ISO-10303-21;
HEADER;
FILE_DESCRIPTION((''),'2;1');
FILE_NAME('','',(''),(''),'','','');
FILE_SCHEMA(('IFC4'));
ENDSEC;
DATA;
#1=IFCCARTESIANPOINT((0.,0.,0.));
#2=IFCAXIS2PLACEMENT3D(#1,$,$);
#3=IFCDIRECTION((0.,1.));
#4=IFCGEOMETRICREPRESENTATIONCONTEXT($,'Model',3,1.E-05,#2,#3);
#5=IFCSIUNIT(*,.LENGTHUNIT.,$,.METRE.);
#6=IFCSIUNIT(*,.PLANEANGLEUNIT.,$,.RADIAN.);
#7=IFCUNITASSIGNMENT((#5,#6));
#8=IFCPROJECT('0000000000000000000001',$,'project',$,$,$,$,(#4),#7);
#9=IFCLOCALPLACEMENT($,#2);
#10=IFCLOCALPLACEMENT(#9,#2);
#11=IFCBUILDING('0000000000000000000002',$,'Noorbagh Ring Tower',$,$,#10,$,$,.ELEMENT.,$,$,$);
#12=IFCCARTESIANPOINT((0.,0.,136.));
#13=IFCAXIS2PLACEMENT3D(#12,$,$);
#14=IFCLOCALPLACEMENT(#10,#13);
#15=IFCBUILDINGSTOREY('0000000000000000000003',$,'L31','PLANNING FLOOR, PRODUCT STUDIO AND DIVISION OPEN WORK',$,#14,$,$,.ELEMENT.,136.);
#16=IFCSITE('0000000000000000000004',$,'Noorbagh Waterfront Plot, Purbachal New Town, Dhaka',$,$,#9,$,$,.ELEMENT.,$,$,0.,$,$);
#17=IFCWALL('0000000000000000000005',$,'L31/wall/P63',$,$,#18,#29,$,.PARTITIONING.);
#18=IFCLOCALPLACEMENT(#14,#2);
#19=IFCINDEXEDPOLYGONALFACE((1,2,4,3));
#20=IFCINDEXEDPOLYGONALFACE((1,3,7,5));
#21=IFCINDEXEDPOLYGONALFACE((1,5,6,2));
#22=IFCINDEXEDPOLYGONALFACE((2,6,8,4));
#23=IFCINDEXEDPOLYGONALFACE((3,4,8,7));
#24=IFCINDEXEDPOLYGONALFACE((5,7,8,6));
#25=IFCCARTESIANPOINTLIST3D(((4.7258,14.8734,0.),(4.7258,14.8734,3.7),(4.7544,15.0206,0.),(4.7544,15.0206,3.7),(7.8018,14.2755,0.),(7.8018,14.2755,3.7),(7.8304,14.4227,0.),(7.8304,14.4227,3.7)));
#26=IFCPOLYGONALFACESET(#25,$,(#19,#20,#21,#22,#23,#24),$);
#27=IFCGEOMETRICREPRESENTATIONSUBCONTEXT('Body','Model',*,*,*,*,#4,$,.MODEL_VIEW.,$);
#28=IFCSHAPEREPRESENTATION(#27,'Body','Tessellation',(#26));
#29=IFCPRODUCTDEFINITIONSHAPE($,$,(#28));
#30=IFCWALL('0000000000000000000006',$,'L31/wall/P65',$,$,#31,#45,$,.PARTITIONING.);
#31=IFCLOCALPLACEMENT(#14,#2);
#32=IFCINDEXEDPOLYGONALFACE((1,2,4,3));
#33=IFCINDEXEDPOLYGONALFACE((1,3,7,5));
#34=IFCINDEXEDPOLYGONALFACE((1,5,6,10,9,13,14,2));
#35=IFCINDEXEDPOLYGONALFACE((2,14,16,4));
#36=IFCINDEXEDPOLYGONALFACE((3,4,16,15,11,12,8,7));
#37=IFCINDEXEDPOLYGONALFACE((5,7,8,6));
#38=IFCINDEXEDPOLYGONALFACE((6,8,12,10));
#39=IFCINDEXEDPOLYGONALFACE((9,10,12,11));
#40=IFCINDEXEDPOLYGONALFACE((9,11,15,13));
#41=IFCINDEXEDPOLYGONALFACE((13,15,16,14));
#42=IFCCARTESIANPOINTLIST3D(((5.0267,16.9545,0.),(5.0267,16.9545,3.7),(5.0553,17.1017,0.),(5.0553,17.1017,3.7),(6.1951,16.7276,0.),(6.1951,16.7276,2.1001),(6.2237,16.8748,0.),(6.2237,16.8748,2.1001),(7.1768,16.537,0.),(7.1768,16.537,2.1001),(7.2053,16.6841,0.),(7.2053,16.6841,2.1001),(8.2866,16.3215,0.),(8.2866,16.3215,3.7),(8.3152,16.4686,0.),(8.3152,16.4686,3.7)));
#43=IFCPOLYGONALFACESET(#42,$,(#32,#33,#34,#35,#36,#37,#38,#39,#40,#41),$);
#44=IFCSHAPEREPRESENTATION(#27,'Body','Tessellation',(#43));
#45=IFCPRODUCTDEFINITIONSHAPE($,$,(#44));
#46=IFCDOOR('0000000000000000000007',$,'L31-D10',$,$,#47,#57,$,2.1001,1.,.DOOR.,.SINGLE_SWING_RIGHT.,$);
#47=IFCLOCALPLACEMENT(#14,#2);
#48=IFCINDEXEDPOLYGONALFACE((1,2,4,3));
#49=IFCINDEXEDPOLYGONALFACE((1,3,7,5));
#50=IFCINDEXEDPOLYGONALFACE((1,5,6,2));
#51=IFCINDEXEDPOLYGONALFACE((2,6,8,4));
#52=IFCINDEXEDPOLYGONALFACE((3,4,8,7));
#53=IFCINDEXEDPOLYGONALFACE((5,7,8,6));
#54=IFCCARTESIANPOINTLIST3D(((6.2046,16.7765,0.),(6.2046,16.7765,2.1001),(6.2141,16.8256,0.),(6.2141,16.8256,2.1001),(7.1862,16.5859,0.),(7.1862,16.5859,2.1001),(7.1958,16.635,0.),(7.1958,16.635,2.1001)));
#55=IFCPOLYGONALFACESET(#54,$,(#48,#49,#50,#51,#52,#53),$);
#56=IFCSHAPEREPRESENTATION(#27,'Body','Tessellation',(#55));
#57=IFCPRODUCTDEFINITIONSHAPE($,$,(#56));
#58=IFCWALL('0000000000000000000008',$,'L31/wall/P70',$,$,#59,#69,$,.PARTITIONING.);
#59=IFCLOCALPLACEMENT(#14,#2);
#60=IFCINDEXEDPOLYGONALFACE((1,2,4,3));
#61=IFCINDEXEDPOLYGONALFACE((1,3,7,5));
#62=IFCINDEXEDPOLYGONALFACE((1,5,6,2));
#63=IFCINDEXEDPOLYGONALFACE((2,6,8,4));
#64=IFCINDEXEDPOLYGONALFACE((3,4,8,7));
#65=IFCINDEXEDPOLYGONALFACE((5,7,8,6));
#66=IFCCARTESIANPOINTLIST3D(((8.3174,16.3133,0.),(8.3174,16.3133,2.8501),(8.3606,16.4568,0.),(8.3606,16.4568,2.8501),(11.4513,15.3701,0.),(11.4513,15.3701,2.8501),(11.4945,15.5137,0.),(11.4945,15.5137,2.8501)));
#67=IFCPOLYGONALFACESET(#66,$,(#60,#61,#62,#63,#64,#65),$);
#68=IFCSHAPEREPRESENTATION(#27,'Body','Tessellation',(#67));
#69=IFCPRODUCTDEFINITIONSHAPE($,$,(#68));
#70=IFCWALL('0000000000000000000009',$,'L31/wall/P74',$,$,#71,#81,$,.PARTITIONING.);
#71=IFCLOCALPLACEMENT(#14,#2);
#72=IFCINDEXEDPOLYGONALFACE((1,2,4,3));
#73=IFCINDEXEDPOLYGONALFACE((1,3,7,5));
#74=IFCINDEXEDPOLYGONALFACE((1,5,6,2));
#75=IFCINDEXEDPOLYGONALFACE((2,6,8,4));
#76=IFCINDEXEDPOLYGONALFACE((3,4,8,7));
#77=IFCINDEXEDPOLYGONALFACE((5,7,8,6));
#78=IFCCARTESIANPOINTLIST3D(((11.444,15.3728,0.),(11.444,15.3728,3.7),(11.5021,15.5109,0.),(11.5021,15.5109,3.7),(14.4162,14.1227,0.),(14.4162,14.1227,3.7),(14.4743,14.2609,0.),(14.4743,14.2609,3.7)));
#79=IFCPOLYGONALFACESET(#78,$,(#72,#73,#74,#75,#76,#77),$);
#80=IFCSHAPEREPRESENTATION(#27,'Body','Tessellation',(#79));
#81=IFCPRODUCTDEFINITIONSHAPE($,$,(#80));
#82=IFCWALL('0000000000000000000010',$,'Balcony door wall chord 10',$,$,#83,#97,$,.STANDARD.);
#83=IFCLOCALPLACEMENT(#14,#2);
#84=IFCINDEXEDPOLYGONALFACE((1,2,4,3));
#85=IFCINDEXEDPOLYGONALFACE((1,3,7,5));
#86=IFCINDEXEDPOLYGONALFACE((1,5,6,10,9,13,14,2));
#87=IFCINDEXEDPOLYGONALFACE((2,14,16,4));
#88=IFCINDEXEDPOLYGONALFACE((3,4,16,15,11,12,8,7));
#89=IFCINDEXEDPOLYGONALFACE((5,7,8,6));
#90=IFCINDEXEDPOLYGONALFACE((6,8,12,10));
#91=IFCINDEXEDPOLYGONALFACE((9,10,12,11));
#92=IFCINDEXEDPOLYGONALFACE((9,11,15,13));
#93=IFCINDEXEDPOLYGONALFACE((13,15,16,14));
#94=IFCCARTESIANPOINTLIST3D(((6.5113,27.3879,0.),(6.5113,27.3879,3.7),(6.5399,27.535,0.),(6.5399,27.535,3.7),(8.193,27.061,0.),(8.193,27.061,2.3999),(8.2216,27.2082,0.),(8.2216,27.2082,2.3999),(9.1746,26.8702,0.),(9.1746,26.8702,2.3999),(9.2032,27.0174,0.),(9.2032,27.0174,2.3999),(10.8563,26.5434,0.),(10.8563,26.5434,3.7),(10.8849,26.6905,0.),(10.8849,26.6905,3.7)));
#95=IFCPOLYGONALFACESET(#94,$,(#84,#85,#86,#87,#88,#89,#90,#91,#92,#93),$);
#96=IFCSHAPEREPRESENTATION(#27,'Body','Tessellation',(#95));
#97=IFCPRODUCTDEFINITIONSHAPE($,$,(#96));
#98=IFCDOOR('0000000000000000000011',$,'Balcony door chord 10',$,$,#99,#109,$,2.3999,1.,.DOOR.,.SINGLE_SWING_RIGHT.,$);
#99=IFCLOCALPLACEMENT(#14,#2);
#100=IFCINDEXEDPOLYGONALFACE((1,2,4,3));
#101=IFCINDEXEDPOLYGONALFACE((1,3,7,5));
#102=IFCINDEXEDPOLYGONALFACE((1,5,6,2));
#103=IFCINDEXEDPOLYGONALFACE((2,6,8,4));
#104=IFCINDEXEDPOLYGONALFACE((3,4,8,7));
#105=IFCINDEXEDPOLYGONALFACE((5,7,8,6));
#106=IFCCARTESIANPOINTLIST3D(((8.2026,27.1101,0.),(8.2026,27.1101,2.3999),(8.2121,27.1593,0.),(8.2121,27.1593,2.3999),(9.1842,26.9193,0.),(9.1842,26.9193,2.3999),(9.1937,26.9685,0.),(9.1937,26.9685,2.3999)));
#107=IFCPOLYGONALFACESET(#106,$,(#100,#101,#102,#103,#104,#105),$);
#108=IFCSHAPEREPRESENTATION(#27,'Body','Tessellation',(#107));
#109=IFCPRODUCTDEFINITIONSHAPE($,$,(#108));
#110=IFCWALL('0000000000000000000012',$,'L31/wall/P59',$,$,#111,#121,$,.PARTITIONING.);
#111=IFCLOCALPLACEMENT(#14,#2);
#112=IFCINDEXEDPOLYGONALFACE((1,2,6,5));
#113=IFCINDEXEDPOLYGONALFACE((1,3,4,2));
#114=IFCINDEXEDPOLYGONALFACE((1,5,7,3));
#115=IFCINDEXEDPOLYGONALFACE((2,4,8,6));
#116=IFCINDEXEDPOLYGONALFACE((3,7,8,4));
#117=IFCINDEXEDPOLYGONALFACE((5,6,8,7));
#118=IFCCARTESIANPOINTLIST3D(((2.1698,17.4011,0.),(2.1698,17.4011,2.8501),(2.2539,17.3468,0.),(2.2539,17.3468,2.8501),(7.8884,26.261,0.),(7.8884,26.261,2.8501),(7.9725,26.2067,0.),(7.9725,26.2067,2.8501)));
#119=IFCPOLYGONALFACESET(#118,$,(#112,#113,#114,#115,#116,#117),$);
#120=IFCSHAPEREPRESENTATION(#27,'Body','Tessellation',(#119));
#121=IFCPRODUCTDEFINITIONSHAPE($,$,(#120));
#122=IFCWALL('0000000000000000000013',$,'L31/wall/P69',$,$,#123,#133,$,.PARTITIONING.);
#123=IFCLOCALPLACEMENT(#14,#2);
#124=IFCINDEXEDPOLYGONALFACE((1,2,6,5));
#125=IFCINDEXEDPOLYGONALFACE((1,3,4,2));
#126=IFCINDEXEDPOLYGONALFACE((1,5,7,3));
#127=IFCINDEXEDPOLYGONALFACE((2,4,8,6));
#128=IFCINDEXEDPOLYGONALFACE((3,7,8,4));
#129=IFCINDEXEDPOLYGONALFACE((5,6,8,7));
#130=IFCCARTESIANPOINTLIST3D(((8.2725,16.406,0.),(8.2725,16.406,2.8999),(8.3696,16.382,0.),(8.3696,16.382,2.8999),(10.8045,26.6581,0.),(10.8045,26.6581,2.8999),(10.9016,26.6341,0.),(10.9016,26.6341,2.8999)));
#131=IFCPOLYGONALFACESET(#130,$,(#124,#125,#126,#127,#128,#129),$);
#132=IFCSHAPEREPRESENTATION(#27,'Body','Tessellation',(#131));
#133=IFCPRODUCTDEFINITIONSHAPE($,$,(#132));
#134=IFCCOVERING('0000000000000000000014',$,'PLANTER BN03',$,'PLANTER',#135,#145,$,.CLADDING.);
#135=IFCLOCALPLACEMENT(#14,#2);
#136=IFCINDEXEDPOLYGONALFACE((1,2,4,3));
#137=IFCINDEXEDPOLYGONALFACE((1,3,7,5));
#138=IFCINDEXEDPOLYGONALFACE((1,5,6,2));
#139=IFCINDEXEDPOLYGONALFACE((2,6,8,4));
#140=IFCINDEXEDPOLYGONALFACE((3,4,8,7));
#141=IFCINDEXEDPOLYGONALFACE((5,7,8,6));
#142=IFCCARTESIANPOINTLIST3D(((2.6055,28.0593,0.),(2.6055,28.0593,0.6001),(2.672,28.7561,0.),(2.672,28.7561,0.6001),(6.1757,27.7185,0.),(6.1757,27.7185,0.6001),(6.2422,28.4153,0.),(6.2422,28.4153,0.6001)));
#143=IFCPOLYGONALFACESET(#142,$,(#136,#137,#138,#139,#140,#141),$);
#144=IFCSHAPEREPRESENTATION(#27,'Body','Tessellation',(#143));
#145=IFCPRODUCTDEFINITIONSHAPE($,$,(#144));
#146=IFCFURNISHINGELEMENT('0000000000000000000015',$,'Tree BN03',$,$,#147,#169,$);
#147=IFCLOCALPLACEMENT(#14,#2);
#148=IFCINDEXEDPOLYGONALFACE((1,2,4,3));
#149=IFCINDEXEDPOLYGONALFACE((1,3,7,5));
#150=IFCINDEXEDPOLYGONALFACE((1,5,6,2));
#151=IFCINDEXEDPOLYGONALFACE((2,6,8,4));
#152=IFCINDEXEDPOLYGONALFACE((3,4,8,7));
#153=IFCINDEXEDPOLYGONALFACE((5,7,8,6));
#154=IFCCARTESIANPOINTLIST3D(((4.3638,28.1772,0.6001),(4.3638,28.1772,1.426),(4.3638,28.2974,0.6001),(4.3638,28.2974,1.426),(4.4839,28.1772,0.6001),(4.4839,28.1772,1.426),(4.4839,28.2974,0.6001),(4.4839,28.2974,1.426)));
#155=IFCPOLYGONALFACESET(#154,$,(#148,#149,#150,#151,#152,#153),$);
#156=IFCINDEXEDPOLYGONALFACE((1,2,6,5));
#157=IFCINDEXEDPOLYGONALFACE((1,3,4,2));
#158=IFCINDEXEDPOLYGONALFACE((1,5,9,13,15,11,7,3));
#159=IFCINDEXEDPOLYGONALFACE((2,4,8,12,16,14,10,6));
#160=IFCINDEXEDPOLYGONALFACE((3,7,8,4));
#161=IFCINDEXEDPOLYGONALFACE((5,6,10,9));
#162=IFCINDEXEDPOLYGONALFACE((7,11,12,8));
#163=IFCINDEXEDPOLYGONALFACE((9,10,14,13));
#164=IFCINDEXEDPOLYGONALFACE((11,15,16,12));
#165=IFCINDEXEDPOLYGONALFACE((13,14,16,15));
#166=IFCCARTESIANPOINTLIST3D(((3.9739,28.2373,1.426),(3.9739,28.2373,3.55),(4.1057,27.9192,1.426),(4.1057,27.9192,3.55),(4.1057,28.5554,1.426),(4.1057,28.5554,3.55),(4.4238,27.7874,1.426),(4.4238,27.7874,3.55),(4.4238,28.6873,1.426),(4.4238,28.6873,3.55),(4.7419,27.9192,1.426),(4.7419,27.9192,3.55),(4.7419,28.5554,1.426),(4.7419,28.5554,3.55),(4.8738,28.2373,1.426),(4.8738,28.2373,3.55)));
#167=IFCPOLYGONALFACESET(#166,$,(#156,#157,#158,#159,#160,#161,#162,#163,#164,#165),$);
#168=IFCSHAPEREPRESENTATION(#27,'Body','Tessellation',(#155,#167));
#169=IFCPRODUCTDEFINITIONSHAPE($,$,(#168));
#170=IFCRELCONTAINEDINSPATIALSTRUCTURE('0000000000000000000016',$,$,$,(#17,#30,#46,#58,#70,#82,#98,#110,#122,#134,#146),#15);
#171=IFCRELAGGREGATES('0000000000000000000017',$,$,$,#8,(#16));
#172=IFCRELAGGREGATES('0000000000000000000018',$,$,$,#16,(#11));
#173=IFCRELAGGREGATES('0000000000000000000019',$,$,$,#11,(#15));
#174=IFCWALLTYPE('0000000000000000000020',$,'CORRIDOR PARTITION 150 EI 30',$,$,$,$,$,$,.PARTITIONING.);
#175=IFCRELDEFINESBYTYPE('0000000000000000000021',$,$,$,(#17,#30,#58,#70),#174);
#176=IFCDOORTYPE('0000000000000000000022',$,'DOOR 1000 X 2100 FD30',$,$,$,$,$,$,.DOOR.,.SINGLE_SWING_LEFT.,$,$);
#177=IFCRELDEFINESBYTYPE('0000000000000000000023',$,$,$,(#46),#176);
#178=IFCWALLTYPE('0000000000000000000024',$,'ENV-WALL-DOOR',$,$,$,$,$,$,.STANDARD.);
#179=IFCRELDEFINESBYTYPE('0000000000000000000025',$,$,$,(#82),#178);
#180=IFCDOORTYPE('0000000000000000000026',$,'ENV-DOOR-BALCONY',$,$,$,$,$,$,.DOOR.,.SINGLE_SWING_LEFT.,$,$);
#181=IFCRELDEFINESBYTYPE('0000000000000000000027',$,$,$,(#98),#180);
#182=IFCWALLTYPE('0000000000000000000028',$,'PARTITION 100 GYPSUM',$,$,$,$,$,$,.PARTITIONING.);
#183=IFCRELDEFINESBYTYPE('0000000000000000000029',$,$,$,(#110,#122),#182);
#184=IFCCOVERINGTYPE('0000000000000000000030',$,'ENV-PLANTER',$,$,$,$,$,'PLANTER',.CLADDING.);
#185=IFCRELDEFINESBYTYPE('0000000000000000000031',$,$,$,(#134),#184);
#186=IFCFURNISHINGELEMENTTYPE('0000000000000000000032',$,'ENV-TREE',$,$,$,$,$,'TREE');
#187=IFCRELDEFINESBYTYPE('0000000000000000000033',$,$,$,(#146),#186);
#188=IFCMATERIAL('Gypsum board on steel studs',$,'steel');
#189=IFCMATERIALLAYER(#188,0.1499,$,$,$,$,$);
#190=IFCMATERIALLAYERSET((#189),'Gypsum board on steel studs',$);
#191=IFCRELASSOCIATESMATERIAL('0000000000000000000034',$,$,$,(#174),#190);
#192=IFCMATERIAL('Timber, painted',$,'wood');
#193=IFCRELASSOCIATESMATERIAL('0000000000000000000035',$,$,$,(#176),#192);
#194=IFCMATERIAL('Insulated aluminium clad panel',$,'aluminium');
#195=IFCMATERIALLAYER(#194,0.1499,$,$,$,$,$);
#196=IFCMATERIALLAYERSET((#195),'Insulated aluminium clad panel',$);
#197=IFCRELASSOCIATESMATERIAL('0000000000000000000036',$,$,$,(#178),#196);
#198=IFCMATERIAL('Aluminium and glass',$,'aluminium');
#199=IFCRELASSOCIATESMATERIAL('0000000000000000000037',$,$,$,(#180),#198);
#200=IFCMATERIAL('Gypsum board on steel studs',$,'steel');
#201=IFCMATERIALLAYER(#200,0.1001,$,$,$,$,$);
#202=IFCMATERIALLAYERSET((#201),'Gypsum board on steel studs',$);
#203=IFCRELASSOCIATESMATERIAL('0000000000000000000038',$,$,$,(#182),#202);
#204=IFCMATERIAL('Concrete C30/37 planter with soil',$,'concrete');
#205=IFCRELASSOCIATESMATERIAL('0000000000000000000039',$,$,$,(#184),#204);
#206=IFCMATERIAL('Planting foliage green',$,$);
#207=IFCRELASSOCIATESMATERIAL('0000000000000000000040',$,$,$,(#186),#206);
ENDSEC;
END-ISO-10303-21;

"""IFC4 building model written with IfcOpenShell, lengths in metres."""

from ifc_helpers import new_model, si_unit, direction, frame, frame_2d, origin, origin_2d, place, context, subcontext, project, spatial, polyline, rectangle, outline, extrude, material, layer, layer_set, type_object, element, fill, save


model = new_model("IFC4")

# Units and contexts
model_context = context("Model", 3, precision=1e-05, world=origin(), true_north=direction((0.0, 1.0)))
body_context = subcontext(model_context, "Body", "Model", "MODEL_VIEW")
ifc_project = project(units=[si_unit("LENGTHUNIT", "METRE"), si_unit("PLANEANGLEUNIT", "RADIAN")], contexts=[model_context])

# Site, building, storey
site_placement = place(None, origin())
site = spatial("IfcSite", under=ifc_project, at=site_placement, Name="Noorbagh Waterfront Plot, Purbachal New Town, Dhaka", CompositionType="ELEMENT", RefElevation=0.0)
building_placement = place(site_placement, origin())
building = spatial("IfcBuilding", under=site, at=building_placement, Name="Noorbagh Ring Tower", CompositionType="ELEMENT")
storey_placement = place(building_placement, frame((0.0, 0.0, 136.0)))
storey = spatial("IfcBuildingStorey", under=building, at=storey_placement, Name="L31", Description="PLANNING FLOOR, PRODUCT STUDIO AND DIVISION OPEN WORK", CompositionType="ELEMENT", Elevation=136.0)

# Wall
ifc_material_1 = material(Name="Gypsum board on steel studs", Category="steel")
ifc_layer_1 = layer(ifc_material_1, 0.1499)
ifc_layer_set_1 = layer_set([ifc_layer_1], Name="Gypsum board on steel studs")
wall_type_1 = type_object("IfcWallType", Name="CORRIDOR PARTITION 150 EI 30", PredefinedType="PARTITIONING", material=ifc_layer_set_1)
wall_1_placement = place(storey_placement, frame((4.74, 14.947, 0.0), z_axis=(0.0, 0.0, 1.0), x_axis=(0.981627, -0.190809, 0.0)))
element("IfcWall", 1, at=wall_1_placement, inside=storey, type_object=wall_type_1, Name="L31/wall/P63", PredefinedType="PARTITIONING", context=body_context, shape_type="SweptSolid", body=[
    extrude(rectangle(XDim=3.1335, YDim=0.1499, at=frame_2d((1.5669, 0.0))), origin(), (0.0, 0.0, 1.0), 3.7),
])

# Wall, opening, door
wall_2_placement = place(storey_placement, frame((5.041, 17.0281, 0.0), z_axis=(0.0, 0.0, 1.0), x_axis=(0.981662, -0.190628, 0.0)))
wall_2 = element("IfcWall", 2, at=wall_2_placement, inside=storey, type_object=wall_type_1, Name="L31/wall/P65", PredefinedType="PARTITIONING", context=body_context, shape_type="SweptSolid", body=[
    extrude(rectangle(XDim=3.3208, YDim=0.1499, at=frame_2d((1.6604, 0.0))), origin(), (0.0, 0.0, 1.0), 3.7),
])
opening_1_placement = place(wall_2_placement, frame((1.1902, 0.0, 0.0)))
opening_1 = element("IfcOpeningElement", 3, at=opening_1_placement, cuts=wall_2, PredefinedType="OPENING", context=body_context, shape_type="SweptSolid", body=[
    extrude(rectangle(XDim=1.0, YDim=2.1001, at=frame_2d((0.5, 1.05))), frame((0.0, 0.085, 0.0), z_axis=(0.0, -1.0, 0.0), x_axis=(1.0, 0.0, 0.0)), (0.0, 0.0, 1.0), 0.1699),
])
ifc_material_2 = material(Name="Timber, painted", Category="wood")
door_type_1 = type_object("IfcDoorType", Name="DOOR 1000 X 2100 FD30", OperationType="SINGLE_SWING_LEFT", PredefinedType="DOOR", material=ifc_material_2)
door_1_placement = place(opening_1_placement, origin())
door_1 = element("IfcDoor", 4, at=door_1_placement, inside=storey, type_object=door_type_1, Name="L31-D10", OperationType="SINGLE_SWING_RIGHT", OverallHeight=2.1001, OverallWidth=1.0, PredefinedType="DOOR", context=body_context, shape_type="SweptSolid", body=[
    extrude(rectangle(XDim=1.0, YDim=2.1001, at=frame_2d((0.5, 1.05))), frame((0.0, 0.0249, 0.0), z_axis=(0.0, -1.0, 0.0), x_axis=(1.0, 0.0, 0.0)), (0.0, 0.0, 1.0), 0.05),
])
fill(opening_1, door_1)

# Walls
wall_3_placement = place(storey_placement, frame((8.3391, 16.385, 0.0), z_axis=(0.0, 0.0, 1.0), x_axis=(0.957575, -0.288183, 0.0)))
element("IfcWall", 5, at=wall_3_placement, inside=storey, type_object=wall_type_1, Name="L31/wall/P70", PredefinedType="PARTITIONING", context=body_context, shape_type="SweptSolid", body=[
    extrude(rectangle(XDim=3.2727, YDim=0.1499, at=frame_2d((1.6362, 0.0))), origin(), (0.0, 0.0, 1.0), 2.8501),
])
wall_4_placement = place(storey_placement, frame((11.4729, 15.4419, 0.0), z_axis=(0.0, 0.0, 1.0), x_axis=(0.921795, -0.387678, 0.0)))
element("IfcWall", 6, at=wall_4_placement, inside=storey, type_object=wall_type_1, Name="L31/wall/P74", PredefinedType="PARTITIONING", context=body_context, shape_type="SweptSolid", body=[
    extrude(rectangle(XDim=3.2244, YDim=0.1499, at=frame_2d((1.6123, 0.0))), origin(), (0.0, 0.0, 1.0), 3.7),
])

# Wall, opening, door
ifc_material_3 = material(Name="Insulated aluminium clad panel", Category="aluminium")
ifc_layer_2 = layer(ifc_material_3, 0.1499)
ifc_layer_set_2 = layer_set([ifc_layer_2], Name="Insulated aluminium clad panel")
wall_type_2 = type_object("IfcWallType", Name="ENV-WALL-DOOR", PredefinedType="STANDARD", material=ifc_layer_set_2)
wall_5_placement = place(storey_placement, frame((10.8706, 26.6169, 0.0), z_axis=(0.0, 0.0, 1.0), x_axis=(-0.981631, 0.190788, 0.0)))
wall_5 = element("IfcWall", 7, at=wall_5_placement, inside=storey, type_object=wall_type_2, Name="Balcony door wall chord 10", PredefinedType="STANDARD", context=body_context, shape_type="SweptSolid", body=[
    extrude(rectangle(XDim=4.4263, YDim=0.1499, at=frame_2d((2.2131, 0.0))), origin(), (0.0, 0.0, 1.0), 3.7),
])
opening_2_placement = place(wall_5_placement, frame((1.7131, 0.0, 0.0)))
opening_2 = element("IfcOpeningElement", 8, at=opening_2_placement, cuts=wall_5, PredefinedType="OPENING", context=body_context, shape_type="SweptSolid", body=[
    extrude(rectangle(XDim=1.0, YDim=2.3999, at=frame_2d((0.5, 1.2))), frame((0.0, 0.085, 0.0), z_axis=(0.0, -1.0, 0.0), x_axis=(1.0, 0.0, 0.0)), (0.0, 0.0, 1.0), 0.1699),
])
ifc_material_4 = material(Name="Aluminium and glass", Category="aluminium")
door_type_2 = type_object("IfcDoorType", Name="ENV-DOOR-BALCONY", OperationType="SINGLE_SWING_LEFT", PredefinedType="DOOR", material=ifc_material_4)
door_2_placement = place(opening_2_placement, origin())
door_2 = element("IfcDoor", 9, at=door_2_placement, inside=storey, type_object=door_type_2, Name="Balcony door chord 10", OperationType="SINGLE_SWING_RIGHT", OverallHeight=2.3999, OverallWidth=1.0, PredefinedType="DOOR", context=body_context, shape_type="SweptSolid", body=[
    extrude(rectangle(XDim=1.0, YDim=2.3999, at=frame_2d((0.5, 1.2))), frame((0.0, 0.0249, 0.0), z_axis=(0.0, -1.0, 0.0), x_axis=(1.0, 0.0, 0.0)), (0.0, 0.0, 1.0), 0.05),
])
fill(opening_2, door_2)

# Walls
ifc_material_5 = material(Name="Gypsum board on steel studs", Category="steel")
ifc_layer_3 = layer(ifc_material_5, 0.1001)
ifc_layer_set_3 = layer_set([ifc_layer_3], Name="Gypsum board on steel studs")
wall_type_3 = type_object("IfcWallType", Name="PARTITION 100 GYPSUM", PredefinedType="PARTITIONING", material=ifc_layer_set_3)
wall_6_placement = place(storey_placement, frame((2.2119, 17.374, 0.0), z_axis=(0.0, 0.0, 1.0), x_axis=(0.542292, 0.84019, 0.0)))
element("IfcWall", 10, at=wall_6_placement, inside=storey, type_object=wall_type_3, Name="L31/wall/P59", PredefinedType="PARTITIONING", context=body_context, shape_type="SweptSolid", body=[
    extrude(rectangle(XDim=10.5452, YDim=0.1001, at=frame_2d((5.2725, 0.0))), origin(), (0.0, 0.0, 1.0), 2.8501),
])
wall_7_placement = place(storey_placement, frame((8.321, 16.394, 0.0), z_axis=(0.0, 0.0, 1.0), x_axis=(0.239771, 0.970829, 0.0)))
element("IfcWall", 11, at=wall_7_placement, inside=storey, type_object=wall_type_3, Name="L31/wall/P69", PredefinedType="PARTITIONING", context=body_context, shape_type="SweptSolid", body=[
    extrude(rectangle(XDim=10.5601, YDim=0.1001, at=frame_2d((5.28, 0.0))), origin(), (0.0, 0.0, 1.0), 2.8999),
])

# Covering
ifc_material_6 = material(Name="Concrete C30/37 planter with soil", Category="concrete")
covering_type = type_object("IfcCoveringType", Name="ENV-PLANTER", ElementType="PLANTER", PredefinedType="CLADDING", material=ifc_material_6)
covering_placement = place(storey_placement, frame((4.4238, 28.2373, 0.0), z_axis=(0.0, 0.0, 1.0), x_axis=(-0.995476, 0.095008, 0.0)))
element("IfcCovering", 12, at=covering_placement, inside=storey, type_object=covering_type, Name="PLANTER BN03", ObjectType="PLANTER", PredefinedType="CLADDING", context=body_context, shape_type="SweptSolid", body=[
    extrude(rectangle(XDim=3.5864, YDim=0.7, at=origin_2d()), origin(), (0.0, 0.0, 1.0), 0.6001),
])

# Furnishing element
ifc_material_7 = material(Name="Planting foliage green")
furnishing_element_type = type_object("IfcFurnishingElementType", Name="ENV-TREE", ElementType="TREE", material=ifc_material_7)
furnishing_placement = place(storey_placement, frame((4.4238, 28.2373, 0.6001), z_axis=(0.0, 0.0, 1.0), x_axis=(1.0, 0.0, 0.0)))
element("IfcFurnishingElement", 13, at=furnishing_placement, inside=storey, type_object=furnishing_element_type, Name="Tree BN03", context=body_context, shape_type="SweptSolid", body=[
    extrude(rectangle(XDim=0.1201, YDim=0.1201, at=origin_2d()), origin(), (0.0, 0.0, 1.0), 0.8259),
    extrude(outline(polyline([(0.45, 0.0), (0.3181, 0.3181), (0.0, 0.45), (-0.3181, 0.3181), (-0.45, 0.0), (-0.3181, -0.3181), (0.0, -0.45), (0.3181, -0.3181), (0.45, 0.0)])), frame((0.0, 0.0, 0.8259)), (0.0, 0.0, 1.0), 2.124),
])

save(model, "model.ifc")
